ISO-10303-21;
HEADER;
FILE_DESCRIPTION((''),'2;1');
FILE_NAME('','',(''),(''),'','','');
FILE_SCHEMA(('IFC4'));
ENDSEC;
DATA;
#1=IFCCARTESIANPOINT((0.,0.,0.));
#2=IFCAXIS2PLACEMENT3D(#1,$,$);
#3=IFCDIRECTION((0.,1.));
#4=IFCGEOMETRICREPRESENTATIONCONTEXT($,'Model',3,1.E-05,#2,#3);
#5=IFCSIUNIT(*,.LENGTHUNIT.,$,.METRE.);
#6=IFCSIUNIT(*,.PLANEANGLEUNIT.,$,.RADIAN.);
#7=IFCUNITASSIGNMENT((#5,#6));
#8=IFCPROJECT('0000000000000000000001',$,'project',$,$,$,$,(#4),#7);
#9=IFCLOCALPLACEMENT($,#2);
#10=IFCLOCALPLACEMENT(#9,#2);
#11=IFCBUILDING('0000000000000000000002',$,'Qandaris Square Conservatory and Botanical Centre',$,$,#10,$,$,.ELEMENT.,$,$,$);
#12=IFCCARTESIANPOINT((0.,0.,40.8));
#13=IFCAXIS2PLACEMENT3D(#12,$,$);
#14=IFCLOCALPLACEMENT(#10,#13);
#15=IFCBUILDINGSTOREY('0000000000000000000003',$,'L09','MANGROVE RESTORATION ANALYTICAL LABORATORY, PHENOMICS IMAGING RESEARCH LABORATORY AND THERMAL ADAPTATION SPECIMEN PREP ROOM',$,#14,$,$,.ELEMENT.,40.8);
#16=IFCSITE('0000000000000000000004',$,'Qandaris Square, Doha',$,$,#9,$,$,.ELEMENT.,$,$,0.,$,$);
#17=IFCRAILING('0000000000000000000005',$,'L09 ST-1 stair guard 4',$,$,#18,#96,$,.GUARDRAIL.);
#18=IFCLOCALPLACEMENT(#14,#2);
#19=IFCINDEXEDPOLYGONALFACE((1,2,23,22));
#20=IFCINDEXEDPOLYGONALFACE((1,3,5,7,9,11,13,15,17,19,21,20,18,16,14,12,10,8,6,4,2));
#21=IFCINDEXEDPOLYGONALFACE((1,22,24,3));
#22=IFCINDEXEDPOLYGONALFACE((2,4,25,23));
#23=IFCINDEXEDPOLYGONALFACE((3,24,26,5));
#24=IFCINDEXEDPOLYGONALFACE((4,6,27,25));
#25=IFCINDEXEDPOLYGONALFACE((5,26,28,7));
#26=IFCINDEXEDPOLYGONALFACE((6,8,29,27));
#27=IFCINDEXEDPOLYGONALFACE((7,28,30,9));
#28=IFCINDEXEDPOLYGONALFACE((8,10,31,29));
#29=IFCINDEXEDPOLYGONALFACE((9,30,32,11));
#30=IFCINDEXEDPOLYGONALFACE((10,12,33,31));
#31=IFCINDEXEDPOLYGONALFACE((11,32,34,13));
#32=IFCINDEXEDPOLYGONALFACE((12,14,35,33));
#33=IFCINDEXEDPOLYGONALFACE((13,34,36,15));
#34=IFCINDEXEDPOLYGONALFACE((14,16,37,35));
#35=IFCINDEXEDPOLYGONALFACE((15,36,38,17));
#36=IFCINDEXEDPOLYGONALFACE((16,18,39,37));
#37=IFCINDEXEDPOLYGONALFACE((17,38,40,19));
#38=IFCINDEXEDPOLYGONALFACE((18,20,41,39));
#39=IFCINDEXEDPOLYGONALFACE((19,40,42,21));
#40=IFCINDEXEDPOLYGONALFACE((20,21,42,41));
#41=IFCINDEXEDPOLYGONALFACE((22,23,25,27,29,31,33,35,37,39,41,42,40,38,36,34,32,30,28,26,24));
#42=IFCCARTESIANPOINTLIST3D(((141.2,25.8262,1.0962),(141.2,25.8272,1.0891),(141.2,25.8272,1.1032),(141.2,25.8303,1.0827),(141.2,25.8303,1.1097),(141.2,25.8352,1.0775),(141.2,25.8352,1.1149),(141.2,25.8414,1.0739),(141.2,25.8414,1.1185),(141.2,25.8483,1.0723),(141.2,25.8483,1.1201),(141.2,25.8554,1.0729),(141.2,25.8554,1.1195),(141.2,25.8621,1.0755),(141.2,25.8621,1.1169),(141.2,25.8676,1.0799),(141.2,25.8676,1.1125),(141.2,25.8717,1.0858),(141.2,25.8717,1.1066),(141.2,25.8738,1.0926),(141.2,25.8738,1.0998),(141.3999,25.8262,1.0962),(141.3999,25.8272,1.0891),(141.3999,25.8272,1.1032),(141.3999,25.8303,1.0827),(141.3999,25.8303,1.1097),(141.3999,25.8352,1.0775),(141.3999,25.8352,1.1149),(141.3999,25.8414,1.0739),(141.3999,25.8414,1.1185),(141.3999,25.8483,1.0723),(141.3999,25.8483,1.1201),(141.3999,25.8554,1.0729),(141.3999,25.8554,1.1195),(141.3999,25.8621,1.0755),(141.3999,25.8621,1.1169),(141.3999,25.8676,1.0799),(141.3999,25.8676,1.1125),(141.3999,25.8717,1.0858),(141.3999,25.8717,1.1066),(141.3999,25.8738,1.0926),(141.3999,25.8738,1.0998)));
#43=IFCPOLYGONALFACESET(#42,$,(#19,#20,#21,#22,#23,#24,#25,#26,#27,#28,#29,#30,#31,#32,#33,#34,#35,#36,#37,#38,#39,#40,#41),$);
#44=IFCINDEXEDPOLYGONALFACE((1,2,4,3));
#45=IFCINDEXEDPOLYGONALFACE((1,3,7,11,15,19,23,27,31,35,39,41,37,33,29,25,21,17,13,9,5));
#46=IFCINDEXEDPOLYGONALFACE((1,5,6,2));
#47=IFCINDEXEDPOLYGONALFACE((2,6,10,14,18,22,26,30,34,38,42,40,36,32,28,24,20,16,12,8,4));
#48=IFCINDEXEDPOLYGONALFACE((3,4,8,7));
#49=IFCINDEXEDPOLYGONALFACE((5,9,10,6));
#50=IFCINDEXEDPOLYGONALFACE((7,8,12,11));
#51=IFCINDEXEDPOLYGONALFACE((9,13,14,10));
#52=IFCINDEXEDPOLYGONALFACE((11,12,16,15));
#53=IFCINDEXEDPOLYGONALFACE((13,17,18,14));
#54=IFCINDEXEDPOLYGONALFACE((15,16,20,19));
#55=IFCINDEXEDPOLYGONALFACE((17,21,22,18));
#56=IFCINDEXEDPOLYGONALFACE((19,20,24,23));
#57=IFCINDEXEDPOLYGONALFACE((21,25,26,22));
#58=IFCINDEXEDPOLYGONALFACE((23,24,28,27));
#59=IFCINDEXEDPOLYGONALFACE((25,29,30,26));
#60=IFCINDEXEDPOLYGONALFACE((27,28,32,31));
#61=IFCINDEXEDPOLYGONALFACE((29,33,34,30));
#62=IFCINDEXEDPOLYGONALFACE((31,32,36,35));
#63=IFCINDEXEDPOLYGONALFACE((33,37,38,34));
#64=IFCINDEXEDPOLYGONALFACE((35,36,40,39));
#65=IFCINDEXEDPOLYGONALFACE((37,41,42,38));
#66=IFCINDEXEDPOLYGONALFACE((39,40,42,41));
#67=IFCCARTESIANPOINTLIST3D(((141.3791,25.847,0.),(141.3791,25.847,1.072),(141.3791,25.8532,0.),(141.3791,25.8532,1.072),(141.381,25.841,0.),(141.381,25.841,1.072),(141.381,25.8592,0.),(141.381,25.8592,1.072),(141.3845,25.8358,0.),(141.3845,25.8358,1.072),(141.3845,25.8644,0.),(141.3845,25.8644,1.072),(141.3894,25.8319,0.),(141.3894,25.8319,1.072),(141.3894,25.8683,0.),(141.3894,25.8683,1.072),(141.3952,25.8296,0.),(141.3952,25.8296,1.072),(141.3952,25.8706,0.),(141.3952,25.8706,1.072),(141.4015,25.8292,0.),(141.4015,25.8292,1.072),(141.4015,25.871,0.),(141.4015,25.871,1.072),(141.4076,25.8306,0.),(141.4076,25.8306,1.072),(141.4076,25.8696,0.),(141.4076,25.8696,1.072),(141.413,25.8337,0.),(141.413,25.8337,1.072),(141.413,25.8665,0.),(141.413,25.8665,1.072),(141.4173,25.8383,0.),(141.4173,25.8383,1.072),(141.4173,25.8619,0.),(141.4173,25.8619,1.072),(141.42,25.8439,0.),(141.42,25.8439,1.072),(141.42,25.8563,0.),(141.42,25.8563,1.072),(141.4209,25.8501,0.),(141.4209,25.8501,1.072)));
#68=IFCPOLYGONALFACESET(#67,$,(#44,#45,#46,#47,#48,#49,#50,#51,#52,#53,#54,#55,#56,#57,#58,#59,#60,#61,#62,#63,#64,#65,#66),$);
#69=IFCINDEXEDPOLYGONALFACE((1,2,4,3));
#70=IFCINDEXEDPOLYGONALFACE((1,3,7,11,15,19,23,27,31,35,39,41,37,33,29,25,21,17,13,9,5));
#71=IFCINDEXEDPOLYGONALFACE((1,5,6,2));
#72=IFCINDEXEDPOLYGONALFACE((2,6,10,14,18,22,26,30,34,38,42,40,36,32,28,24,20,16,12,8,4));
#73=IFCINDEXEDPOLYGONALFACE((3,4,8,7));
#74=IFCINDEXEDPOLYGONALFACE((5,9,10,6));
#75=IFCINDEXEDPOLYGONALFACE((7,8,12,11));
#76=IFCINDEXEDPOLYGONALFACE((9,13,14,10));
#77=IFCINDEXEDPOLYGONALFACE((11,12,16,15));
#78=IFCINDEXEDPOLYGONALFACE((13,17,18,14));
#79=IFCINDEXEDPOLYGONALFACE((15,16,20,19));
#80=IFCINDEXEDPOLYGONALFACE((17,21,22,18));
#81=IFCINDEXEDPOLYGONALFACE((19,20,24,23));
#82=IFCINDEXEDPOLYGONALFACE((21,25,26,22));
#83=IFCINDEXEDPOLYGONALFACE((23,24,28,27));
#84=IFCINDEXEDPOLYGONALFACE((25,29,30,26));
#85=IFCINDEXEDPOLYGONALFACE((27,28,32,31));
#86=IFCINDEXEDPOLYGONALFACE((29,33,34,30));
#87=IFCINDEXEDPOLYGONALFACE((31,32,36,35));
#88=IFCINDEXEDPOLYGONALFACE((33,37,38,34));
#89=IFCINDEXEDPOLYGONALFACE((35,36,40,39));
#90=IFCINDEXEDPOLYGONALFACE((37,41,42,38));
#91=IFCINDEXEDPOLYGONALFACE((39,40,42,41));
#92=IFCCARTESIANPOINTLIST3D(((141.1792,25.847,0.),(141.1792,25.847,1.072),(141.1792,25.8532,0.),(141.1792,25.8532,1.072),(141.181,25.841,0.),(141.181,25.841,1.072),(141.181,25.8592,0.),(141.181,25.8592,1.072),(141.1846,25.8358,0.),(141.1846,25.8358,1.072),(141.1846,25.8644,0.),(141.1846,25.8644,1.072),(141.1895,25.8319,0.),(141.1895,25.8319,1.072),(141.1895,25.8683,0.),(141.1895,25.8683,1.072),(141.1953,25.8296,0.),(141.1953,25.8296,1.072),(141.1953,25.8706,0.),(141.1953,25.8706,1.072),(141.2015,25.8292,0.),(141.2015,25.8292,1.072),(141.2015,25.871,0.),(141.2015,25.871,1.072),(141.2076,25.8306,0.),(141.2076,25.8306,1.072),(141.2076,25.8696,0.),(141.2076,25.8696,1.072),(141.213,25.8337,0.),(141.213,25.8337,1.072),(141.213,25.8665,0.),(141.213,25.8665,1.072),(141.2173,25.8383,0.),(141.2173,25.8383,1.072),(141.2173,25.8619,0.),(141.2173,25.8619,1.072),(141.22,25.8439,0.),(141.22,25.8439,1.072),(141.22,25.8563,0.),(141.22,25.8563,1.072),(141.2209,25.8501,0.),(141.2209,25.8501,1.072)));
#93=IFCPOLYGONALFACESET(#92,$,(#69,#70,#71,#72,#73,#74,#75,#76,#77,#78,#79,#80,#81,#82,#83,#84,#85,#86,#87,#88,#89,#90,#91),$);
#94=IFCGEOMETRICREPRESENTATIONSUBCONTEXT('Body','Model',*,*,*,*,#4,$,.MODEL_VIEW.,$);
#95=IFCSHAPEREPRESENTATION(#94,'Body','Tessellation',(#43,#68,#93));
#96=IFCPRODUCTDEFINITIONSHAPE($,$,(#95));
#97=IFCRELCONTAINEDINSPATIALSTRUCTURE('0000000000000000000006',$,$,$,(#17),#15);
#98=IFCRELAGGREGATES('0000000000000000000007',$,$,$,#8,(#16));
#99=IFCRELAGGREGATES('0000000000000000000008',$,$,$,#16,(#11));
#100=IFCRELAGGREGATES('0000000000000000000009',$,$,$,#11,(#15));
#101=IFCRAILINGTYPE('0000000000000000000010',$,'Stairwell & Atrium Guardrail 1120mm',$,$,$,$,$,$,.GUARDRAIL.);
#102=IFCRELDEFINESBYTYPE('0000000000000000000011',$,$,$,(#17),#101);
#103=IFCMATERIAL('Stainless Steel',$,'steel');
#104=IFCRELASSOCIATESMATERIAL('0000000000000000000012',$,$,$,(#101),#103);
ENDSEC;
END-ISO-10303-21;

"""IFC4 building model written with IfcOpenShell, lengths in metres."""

from ifc_helpers import new_model, si_unit, direction, frame, origin, origin_2d, place, context, subcontext, project, spatial, circle, extrude, material, type_object, element, save


model = new_model("IFC4")

# Units and contexts
model_context = context("Model", 3, precision=1e-05, world=origin(), true_north=direction((0.0, 1.0)))
body_context = subcontext(model_context, "Body", "Model", "MODEL_VIEW")
ifc_project = project(units=[si_unit("LENGTHUNIT", "METRE"), si_unit("PLANEANGLEUNIT", "RADIAN")], contexts=[model_context])

# Site, building, storey
site_placement = place(None, origin())
site = spatial("IfcSite", under=ifc_project, at=site_placement, Name="Qandaris Square, Doha", CompositionType="ELEMENT", RefElevation=0.0)
building_placement = place(site_placement, origin())
building = spatial("IfcBuilding", under=site, at=building_placement, Name="Qandaris Square Conservatory and Botanical Centre", CompositionType="ELEMENT")
storey_placement = place(building_placement, frame((0.0, 0.0, 40.8)))
storey = spatial("IfcBuildingStorey", under=building, at=storey_placement, Name="L09", Description="MANGROVE RESTORATION ANALYTICAL LABORATORY, PHENOMICS IMAGING RESEARCH LABORATORY AND THERMAL ADAPTATION SPECIMEN PREP ROOM", CompositionType="ELEMENT", Elevation=40.8)

# Railing
ifc_material_1 = material(Name="Stainless Steel", Category="steel")
railing_type_1 = type_object("IfcRailingType", Name="Stairwell & Atrium Guardrail 1120mm", PredefinedType="GUARDRAIL", material=ifc_material_1)
railing_1_placement = place(storey_placement, frame((141.3999, 25.8501, 0.0)))
element("IfcRailing", 1, at=railing_1_placement, inside=storey, type_object=railing_type_1, Name="L09 ST-1 stair guard 4", PredefinedType="GUARDRAIL", context=body_context, shape_type="SweptSolid", body=[
    extrude(circle(Radius=0.0239, at=origin_2d()), frame((0.0, 0.0, 1.0962), z_axis=(-1.0, 0.0, 0.0), x_axis=(0.0, -1.0, 0.0)), (0.0, 0.0, 1.0), 0.2),
    extrude(circle(Radius=0.021, at=origin_2d()), origin(), (0.0, 0.0, 1.0), 1.072),
    extrude(circle(Radius=0.021, at=origin_2d()), frame((-0.2, 0.0, 0.0)), (0.0, 0.0, 1.0), 1.072),
])

save(model, "model.ifc")
